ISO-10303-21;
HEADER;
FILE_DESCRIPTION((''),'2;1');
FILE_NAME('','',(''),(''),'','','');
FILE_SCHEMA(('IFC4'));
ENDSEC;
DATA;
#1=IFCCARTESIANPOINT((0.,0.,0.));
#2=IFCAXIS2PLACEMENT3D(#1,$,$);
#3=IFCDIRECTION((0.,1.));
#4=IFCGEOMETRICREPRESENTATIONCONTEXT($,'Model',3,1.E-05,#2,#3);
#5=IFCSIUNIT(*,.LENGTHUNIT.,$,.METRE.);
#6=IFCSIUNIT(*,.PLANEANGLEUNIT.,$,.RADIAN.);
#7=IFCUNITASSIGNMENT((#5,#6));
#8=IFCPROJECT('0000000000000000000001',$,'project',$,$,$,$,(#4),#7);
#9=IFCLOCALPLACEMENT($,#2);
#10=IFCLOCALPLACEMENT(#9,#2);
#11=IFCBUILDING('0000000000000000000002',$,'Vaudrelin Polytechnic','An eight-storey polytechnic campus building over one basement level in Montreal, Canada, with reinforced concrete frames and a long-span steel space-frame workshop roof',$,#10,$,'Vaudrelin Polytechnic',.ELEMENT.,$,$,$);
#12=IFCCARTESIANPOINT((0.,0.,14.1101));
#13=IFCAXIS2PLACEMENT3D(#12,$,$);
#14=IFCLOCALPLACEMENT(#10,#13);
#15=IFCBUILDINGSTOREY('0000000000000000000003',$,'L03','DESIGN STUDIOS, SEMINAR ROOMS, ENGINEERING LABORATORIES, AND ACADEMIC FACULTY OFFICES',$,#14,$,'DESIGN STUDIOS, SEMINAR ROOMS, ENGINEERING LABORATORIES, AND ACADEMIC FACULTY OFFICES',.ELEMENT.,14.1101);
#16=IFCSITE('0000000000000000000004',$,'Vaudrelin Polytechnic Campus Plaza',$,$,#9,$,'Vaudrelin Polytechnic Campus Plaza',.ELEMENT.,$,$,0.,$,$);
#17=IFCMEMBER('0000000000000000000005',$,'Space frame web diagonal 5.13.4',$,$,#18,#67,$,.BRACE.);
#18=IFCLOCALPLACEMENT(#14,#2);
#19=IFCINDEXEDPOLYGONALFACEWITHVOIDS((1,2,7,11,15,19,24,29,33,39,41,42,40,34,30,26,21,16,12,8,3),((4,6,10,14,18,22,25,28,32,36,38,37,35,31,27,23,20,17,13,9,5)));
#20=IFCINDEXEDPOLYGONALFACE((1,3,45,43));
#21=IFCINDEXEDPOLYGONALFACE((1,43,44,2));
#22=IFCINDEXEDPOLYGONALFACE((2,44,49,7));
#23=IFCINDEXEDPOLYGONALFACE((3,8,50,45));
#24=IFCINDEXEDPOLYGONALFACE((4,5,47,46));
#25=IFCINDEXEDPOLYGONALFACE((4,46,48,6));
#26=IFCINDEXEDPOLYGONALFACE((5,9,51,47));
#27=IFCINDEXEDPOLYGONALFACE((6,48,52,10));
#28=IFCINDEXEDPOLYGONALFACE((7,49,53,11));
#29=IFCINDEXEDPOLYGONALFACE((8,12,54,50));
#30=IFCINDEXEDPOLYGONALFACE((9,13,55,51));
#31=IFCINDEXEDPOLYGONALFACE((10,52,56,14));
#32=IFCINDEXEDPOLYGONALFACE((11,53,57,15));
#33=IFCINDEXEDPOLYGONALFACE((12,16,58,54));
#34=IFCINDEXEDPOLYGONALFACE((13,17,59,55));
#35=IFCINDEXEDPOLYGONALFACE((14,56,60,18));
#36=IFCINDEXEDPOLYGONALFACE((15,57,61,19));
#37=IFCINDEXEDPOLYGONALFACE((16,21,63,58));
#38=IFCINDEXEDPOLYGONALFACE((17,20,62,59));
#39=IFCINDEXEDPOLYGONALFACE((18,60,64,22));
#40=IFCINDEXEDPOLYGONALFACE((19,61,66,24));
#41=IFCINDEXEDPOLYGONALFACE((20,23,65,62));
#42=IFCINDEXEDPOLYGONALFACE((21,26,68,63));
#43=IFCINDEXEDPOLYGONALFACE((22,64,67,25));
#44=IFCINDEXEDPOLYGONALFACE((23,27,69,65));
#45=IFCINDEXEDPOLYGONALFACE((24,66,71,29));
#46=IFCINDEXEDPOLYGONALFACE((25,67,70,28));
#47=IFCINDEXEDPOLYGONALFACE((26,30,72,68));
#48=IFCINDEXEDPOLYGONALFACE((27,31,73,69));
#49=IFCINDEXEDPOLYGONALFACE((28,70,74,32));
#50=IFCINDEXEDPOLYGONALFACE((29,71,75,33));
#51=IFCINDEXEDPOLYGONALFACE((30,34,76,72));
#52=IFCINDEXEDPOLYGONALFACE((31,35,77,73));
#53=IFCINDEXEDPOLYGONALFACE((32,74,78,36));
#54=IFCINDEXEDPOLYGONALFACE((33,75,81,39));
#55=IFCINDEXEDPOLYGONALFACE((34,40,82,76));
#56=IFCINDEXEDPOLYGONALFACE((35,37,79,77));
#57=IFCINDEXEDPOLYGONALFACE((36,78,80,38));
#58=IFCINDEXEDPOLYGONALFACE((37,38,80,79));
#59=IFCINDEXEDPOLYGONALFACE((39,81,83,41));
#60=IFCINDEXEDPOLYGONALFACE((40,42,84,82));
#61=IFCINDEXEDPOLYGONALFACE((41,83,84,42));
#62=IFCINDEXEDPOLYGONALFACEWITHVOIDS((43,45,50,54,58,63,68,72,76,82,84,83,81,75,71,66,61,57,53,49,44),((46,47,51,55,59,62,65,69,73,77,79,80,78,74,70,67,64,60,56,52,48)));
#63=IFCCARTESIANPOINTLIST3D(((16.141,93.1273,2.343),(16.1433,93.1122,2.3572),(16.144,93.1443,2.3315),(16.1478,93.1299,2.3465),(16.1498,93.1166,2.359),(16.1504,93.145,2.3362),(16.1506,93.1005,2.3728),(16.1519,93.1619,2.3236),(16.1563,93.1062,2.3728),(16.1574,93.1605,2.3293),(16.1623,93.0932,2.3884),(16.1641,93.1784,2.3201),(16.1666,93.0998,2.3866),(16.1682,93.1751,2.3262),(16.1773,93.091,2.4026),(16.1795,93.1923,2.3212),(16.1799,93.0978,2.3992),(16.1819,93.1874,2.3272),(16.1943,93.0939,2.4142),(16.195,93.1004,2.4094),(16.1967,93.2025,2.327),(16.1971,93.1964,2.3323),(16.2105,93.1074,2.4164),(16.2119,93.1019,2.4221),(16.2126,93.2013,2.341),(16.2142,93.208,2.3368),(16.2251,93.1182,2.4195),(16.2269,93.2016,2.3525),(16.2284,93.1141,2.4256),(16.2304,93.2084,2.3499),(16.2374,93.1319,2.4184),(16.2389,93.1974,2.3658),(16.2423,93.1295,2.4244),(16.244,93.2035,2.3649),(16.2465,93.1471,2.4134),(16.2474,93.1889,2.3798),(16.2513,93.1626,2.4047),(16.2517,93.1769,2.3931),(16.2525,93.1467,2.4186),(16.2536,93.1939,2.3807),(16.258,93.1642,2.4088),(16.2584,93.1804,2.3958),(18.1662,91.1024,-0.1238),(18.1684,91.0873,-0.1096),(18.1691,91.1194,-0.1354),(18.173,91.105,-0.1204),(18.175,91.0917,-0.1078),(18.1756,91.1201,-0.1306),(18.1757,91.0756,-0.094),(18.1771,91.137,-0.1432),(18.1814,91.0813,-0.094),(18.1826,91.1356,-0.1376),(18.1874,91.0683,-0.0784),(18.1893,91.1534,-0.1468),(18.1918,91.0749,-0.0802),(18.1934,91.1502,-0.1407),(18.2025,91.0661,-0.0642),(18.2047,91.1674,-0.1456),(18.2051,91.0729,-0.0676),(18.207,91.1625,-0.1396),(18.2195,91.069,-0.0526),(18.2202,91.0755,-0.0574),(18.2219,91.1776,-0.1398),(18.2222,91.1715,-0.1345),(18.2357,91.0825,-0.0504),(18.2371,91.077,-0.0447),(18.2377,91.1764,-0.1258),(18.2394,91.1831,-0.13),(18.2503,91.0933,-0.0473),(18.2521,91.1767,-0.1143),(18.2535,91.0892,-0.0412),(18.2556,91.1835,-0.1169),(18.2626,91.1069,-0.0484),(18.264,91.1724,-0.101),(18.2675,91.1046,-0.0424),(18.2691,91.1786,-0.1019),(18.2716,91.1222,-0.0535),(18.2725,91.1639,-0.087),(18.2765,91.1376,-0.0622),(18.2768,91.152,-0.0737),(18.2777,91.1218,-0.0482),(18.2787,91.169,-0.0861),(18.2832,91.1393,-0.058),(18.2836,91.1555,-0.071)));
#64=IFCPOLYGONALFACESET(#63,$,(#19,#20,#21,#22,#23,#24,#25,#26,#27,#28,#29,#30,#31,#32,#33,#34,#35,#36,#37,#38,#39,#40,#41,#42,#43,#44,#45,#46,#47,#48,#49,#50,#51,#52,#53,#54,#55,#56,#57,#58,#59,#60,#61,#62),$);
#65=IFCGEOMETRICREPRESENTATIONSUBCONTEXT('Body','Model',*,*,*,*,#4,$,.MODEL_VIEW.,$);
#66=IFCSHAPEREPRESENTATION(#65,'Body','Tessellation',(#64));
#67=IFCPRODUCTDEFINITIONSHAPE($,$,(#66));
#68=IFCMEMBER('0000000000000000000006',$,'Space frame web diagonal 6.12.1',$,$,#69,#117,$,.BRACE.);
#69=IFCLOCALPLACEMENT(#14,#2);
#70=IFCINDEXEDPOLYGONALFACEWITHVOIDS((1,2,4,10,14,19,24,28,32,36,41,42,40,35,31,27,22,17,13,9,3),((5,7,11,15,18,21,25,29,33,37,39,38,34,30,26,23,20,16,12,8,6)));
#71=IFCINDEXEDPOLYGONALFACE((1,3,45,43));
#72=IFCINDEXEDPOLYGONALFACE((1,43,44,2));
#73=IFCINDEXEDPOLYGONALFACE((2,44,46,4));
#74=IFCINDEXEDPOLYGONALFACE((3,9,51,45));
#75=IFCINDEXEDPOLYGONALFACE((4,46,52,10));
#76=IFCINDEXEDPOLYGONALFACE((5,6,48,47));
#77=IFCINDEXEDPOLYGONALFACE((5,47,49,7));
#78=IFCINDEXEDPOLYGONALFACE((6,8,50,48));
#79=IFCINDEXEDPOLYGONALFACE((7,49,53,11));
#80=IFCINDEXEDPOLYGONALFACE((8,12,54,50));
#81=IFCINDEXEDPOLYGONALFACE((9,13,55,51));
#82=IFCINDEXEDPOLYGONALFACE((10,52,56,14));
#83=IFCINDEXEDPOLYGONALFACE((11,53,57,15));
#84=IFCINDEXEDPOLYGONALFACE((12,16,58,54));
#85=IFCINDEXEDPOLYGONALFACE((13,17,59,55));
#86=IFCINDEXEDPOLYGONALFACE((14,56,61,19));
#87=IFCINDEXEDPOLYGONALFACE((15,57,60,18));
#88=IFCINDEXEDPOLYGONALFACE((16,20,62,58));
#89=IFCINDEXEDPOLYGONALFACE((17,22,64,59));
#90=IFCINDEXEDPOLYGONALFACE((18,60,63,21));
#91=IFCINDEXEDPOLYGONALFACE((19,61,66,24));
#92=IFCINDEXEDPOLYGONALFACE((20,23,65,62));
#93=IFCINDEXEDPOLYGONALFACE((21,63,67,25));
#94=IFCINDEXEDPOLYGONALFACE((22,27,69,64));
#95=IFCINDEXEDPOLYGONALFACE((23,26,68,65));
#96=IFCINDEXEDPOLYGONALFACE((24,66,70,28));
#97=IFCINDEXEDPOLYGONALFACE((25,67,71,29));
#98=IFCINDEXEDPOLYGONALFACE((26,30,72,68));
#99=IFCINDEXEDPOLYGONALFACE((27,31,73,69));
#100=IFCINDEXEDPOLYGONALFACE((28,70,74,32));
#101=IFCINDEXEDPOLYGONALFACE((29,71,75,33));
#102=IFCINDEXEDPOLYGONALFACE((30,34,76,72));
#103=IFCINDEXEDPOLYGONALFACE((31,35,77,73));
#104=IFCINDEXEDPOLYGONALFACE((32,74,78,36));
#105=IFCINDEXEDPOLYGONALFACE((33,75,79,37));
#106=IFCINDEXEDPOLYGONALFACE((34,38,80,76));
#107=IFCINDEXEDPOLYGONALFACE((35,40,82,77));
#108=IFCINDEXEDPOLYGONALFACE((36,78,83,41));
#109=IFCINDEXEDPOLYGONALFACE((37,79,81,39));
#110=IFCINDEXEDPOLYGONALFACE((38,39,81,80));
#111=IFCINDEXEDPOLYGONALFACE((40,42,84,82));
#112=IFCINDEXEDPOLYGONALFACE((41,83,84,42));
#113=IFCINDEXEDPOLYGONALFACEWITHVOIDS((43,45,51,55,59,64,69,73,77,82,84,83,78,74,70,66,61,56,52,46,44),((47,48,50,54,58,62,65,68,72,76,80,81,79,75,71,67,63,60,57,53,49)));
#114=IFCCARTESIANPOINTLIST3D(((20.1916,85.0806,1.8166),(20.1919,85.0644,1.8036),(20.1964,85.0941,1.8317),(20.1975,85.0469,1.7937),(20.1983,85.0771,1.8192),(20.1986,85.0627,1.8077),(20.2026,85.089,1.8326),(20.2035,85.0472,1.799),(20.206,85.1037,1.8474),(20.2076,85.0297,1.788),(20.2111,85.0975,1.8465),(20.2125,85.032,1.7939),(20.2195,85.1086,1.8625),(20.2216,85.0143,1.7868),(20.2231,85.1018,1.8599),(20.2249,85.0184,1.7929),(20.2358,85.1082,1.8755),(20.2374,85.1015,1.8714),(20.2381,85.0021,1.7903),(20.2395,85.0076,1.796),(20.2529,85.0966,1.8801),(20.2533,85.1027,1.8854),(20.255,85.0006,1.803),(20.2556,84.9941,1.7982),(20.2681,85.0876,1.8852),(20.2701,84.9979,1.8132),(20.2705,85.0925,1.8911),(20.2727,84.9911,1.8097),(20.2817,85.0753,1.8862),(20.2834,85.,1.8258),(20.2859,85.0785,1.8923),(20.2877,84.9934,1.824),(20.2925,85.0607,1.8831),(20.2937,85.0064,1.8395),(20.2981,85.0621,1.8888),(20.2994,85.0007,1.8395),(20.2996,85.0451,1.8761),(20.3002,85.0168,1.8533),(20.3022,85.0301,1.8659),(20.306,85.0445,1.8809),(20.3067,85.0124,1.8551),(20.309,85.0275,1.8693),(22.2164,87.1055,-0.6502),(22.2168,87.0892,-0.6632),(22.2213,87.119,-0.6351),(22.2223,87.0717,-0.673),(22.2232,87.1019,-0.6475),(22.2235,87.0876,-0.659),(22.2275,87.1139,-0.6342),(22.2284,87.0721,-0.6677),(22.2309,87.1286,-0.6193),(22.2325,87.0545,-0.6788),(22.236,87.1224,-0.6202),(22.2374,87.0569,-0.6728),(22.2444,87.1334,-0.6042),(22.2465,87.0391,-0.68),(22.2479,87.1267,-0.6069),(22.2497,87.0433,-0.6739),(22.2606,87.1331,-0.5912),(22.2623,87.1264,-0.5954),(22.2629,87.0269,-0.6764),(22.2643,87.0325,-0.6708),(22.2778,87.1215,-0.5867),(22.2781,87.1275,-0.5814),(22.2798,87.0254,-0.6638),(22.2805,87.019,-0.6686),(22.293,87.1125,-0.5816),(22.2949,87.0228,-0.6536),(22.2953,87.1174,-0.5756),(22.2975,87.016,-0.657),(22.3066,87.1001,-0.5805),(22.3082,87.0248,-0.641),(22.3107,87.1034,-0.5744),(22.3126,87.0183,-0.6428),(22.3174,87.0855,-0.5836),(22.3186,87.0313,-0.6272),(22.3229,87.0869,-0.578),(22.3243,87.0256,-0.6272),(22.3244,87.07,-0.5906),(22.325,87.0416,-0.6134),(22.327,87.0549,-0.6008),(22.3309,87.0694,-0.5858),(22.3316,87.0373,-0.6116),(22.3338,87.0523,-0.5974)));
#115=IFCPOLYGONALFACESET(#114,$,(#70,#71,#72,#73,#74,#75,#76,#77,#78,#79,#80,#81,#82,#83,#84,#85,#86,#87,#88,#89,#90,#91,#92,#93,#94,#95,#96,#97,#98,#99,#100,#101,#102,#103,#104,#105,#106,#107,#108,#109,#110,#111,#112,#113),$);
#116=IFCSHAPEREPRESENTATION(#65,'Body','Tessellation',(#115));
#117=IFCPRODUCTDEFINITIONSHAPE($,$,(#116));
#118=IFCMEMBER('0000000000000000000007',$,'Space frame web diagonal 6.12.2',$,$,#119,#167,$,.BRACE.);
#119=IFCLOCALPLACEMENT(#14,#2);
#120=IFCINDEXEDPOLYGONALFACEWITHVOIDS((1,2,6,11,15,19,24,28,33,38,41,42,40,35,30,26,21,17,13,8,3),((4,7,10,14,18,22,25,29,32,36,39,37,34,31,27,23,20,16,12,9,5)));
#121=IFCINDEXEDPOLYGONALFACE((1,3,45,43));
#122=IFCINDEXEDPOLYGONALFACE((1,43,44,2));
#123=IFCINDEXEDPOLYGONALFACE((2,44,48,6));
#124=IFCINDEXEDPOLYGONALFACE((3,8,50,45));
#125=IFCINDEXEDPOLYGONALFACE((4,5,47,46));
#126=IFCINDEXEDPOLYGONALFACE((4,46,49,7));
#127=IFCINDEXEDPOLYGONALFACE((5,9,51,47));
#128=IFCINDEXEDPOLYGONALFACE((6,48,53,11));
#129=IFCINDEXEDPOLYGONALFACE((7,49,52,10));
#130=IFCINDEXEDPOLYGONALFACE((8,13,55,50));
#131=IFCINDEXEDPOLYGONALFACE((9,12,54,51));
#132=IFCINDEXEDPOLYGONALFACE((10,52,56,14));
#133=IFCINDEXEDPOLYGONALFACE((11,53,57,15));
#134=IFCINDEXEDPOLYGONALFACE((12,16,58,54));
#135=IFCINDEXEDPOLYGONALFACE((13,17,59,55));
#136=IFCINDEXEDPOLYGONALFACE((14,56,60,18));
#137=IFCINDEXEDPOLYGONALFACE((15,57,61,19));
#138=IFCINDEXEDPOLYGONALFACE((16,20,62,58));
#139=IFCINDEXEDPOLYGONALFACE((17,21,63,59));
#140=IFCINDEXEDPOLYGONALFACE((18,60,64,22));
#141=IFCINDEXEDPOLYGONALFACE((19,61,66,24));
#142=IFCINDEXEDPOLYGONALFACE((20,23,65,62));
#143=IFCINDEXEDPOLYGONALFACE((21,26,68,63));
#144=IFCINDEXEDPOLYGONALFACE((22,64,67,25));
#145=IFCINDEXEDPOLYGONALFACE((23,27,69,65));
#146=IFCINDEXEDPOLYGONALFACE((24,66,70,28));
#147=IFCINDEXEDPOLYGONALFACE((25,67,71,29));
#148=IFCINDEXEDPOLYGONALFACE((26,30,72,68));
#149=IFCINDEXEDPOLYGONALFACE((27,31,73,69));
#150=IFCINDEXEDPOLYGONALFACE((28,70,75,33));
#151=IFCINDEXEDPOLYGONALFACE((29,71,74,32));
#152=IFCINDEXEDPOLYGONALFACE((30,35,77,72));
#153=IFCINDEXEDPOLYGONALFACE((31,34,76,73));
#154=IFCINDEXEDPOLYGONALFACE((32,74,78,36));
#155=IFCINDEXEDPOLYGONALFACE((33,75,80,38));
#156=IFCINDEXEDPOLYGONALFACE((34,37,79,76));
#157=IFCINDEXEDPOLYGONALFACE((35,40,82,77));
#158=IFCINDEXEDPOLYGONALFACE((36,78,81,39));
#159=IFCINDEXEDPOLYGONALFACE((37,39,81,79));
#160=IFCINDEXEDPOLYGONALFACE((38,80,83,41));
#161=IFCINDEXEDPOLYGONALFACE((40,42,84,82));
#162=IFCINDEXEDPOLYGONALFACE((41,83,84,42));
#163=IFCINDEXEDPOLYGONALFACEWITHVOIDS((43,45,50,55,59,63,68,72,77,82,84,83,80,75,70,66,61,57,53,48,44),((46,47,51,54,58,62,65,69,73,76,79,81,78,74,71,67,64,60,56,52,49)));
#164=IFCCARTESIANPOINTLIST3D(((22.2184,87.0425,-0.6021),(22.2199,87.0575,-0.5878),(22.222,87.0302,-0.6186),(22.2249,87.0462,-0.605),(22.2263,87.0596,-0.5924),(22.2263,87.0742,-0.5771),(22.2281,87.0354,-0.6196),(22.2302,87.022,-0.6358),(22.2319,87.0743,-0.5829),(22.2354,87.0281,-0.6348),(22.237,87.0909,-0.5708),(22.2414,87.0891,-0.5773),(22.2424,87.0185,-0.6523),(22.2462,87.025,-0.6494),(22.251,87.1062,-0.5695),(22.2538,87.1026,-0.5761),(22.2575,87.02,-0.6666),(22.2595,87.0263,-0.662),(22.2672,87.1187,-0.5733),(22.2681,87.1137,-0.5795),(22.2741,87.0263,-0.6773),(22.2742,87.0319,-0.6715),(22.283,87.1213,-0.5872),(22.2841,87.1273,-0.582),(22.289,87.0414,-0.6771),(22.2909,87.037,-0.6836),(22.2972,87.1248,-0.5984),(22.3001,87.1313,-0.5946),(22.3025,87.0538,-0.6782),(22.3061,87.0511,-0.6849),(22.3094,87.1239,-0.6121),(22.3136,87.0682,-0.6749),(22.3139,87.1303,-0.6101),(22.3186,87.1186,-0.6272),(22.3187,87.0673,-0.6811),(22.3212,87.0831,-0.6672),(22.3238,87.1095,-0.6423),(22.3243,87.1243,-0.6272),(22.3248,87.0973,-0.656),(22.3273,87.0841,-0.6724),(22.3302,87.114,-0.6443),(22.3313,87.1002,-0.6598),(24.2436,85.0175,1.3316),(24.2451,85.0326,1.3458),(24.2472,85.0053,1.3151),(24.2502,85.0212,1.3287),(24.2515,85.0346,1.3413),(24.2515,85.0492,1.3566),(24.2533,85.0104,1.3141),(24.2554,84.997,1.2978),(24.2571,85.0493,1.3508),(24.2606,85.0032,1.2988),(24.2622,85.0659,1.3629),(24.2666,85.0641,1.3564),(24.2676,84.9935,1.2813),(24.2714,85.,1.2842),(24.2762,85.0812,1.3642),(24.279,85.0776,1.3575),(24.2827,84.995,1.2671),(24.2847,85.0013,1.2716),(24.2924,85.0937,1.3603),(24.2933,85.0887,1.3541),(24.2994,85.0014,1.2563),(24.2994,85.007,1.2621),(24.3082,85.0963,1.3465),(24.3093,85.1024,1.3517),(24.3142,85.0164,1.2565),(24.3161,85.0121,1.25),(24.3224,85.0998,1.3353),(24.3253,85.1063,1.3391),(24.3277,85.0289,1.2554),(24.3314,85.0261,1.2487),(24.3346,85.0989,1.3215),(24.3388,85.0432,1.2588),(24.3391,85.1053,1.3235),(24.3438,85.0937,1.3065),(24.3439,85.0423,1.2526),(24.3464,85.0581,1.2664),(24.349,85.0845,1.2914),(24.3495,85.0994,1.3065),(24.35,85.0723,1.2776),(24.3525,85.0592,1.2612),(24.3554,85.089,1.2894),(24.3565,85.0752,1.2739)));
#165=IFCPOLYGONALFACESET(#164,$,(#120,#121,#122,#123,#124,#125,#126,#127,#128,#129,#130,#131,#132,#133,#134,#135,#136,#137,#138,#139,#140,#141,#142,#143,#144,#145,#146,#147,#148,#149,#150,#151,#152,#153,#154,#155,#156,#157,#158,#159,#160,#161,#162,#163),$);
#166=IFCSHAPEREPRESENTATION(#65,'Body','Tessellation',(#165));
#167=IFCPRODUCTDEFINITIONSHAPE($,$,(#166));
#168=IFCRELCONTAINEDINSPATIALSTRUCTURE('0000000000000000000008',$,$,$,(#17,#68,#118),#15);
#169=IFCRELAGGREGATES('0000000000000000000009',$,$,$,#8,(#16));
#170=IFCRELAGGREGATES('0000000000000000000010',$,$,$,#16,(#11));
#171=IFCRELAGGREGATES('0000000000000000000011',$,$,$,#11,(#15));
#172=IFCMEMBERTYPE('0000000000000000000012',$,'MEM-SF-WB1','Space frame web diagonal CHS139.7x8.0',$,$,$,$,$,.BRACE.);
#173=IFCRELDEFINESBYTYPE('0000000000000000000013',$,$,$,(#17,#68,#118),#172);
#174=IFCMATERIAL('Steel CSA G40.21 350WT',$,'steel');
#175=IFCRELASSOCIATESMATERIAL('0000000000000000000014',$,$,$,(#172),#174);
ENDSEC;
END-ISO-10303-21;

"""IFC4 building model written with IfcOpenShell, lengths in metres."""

from ifc_helpers import new_model, si_unit, direction, frame, origin, origin_2d, place, context, subcontext, project, spatial, hollow_circle, extrude, material, material_profile, profile_set, type_object, element, save


model = new_model("IFC4")

# Units and contexts
model_context = context("Model", 3, precision=1e-05, world=origin(), true_north=direction((0.0, 1.0)))
body_context = subcontext(model_context, "Body", "Model", "MODEL_VIEW")
ifc_project = project(units=[si_unit("LENGTHUNIT", "METRE"), si_unit("PLANEANGLEUNIT", "RADIAN")], contexts=[model_context])

# Site, building, storey
site_placement = place(None, origin())
site = spatial("IfcSite", under=ifc_project, at=site_placement, Name="Vaudrelin Polytechnic Campus Plaza", LongName="Vaudrelin Polytechnic Campus Plaza", CompositionType="ELEMENT", RefElevation=0.0)
building_placement = place(site_placement, origin())
building = spatial("IfcBuilding", under=site, at=building_placement, Name="Vaudrelin Polytechnic", Description="An eight-storey polytechnic campus building over one basement level in Montreal, Canada, with reinforced concrete frames and a long-span steel space-frame workshop roof", LongName="Vaudrelin Polytechnic", CompositionType="ELEMENT")
storey_placement = place(building_placement, frame((0.0, 0.0, 14.1101)))
storey = spatial("IfcBuildingStorey", under=building, at=storey_placement, Name="L03", Description="DESIGN STUDIOS, SEMINAR ROOMS, ENGINEERING LABORATORIES, AND ACADEMIC FACULTY OFFICES", LongName="DESIGN STUDIOS, SEMINAR ROOMS, ENGINEERING LABORATORIES, AND ACADEMIC FACULTY OFFICES", CompositionType="ELEMENT", Elevation=14.1101)

# Shared definitions
ifc_material_1 = material(Name="Steel CSA G40.21 350WT", Category="steel")

# Members
ifc_material_profile_1 = material_profile(ifc_material_1, hollow_circle(Radius=0.0698, WallThickness=0.0081, at=origin_2d()), Name="CHS139.7x8.0")
ifc_profile_set_1 = profile_set([ifc_material_profile_1], Name="Steel CSA G40.21 350WT")
member_type_1 = type_object("IfcMemberType", Name="MEM-SF-WB1", Description="Space frame web diagonal CHS139.7x8.0", PredefinedType="BRACE", material=ifc_profile_set_1)
member_1_placement = place(storey_placement, frame((18.2251, 91.125, -0.094), z_axis=(-0.535788, 0.535723, 0.652634), x_axis=(-0.707064, -0.707149, 0.0)))
element("IfcMember", 1, at=member_1_placement, inside=storey, type_object=member_type_1, Name="Space frame web diagonal 5.13.4", PredefinedType="BRACE", context=body_context, shape_type="SweptSolid", body=[
    extrude(hollow_circle(Radius=0.0698, WallThickness=0.0081, at=origin_2d()), origin(), (0.0, 0.0, 1.0), 3.7798),
])
member_2_placement = place(storey_placement, frame((22.2749, 87.075, -0.6272), z_axis=(-0.535742, -0.535742, 0.652657), x_axis=(0.707107, -0.707107, 0.0)))
element("IfcMember", 2, at=member_2_placement, inside=storey, type_object=member_type_1, Name="Space frame web diagonal 6.12.1", PredefinedType="BRACE", context=body_context, shape_type="SweptSolid", body=[
    extrude(hollow_circle(Radius=0.0698, WallThickness=0.0081, at=origin_2d()), origin(), (0.0, 0.0, 1.0), 3.7795),
])
for number, where, z_axis, x_axis, name in (
    (3, (22.2749, 87.075, -0.6272), (0.586071, -0.586, 0.559576), (0.707064, 0.707149, 0.0), "Space frame web diagonal 6.12.2"),
):
    element("IfcMember", number, at=place(storey_placement, frame(where, z_axis=z_axis, x_axis=x_axis)), inside=storey, type_object=member_type_1, Name=name, PredefinedType="BRACE", context=body_context, shape_type="SweptSolid", body=[
        extrude(hollow_circle(Radius=0.0698, WallThickness=0.0081, at=origin_2d()), origin(), (0.0, 0.0, 1.0), 3.4556),
    ])

save(model, "model.ifc")
